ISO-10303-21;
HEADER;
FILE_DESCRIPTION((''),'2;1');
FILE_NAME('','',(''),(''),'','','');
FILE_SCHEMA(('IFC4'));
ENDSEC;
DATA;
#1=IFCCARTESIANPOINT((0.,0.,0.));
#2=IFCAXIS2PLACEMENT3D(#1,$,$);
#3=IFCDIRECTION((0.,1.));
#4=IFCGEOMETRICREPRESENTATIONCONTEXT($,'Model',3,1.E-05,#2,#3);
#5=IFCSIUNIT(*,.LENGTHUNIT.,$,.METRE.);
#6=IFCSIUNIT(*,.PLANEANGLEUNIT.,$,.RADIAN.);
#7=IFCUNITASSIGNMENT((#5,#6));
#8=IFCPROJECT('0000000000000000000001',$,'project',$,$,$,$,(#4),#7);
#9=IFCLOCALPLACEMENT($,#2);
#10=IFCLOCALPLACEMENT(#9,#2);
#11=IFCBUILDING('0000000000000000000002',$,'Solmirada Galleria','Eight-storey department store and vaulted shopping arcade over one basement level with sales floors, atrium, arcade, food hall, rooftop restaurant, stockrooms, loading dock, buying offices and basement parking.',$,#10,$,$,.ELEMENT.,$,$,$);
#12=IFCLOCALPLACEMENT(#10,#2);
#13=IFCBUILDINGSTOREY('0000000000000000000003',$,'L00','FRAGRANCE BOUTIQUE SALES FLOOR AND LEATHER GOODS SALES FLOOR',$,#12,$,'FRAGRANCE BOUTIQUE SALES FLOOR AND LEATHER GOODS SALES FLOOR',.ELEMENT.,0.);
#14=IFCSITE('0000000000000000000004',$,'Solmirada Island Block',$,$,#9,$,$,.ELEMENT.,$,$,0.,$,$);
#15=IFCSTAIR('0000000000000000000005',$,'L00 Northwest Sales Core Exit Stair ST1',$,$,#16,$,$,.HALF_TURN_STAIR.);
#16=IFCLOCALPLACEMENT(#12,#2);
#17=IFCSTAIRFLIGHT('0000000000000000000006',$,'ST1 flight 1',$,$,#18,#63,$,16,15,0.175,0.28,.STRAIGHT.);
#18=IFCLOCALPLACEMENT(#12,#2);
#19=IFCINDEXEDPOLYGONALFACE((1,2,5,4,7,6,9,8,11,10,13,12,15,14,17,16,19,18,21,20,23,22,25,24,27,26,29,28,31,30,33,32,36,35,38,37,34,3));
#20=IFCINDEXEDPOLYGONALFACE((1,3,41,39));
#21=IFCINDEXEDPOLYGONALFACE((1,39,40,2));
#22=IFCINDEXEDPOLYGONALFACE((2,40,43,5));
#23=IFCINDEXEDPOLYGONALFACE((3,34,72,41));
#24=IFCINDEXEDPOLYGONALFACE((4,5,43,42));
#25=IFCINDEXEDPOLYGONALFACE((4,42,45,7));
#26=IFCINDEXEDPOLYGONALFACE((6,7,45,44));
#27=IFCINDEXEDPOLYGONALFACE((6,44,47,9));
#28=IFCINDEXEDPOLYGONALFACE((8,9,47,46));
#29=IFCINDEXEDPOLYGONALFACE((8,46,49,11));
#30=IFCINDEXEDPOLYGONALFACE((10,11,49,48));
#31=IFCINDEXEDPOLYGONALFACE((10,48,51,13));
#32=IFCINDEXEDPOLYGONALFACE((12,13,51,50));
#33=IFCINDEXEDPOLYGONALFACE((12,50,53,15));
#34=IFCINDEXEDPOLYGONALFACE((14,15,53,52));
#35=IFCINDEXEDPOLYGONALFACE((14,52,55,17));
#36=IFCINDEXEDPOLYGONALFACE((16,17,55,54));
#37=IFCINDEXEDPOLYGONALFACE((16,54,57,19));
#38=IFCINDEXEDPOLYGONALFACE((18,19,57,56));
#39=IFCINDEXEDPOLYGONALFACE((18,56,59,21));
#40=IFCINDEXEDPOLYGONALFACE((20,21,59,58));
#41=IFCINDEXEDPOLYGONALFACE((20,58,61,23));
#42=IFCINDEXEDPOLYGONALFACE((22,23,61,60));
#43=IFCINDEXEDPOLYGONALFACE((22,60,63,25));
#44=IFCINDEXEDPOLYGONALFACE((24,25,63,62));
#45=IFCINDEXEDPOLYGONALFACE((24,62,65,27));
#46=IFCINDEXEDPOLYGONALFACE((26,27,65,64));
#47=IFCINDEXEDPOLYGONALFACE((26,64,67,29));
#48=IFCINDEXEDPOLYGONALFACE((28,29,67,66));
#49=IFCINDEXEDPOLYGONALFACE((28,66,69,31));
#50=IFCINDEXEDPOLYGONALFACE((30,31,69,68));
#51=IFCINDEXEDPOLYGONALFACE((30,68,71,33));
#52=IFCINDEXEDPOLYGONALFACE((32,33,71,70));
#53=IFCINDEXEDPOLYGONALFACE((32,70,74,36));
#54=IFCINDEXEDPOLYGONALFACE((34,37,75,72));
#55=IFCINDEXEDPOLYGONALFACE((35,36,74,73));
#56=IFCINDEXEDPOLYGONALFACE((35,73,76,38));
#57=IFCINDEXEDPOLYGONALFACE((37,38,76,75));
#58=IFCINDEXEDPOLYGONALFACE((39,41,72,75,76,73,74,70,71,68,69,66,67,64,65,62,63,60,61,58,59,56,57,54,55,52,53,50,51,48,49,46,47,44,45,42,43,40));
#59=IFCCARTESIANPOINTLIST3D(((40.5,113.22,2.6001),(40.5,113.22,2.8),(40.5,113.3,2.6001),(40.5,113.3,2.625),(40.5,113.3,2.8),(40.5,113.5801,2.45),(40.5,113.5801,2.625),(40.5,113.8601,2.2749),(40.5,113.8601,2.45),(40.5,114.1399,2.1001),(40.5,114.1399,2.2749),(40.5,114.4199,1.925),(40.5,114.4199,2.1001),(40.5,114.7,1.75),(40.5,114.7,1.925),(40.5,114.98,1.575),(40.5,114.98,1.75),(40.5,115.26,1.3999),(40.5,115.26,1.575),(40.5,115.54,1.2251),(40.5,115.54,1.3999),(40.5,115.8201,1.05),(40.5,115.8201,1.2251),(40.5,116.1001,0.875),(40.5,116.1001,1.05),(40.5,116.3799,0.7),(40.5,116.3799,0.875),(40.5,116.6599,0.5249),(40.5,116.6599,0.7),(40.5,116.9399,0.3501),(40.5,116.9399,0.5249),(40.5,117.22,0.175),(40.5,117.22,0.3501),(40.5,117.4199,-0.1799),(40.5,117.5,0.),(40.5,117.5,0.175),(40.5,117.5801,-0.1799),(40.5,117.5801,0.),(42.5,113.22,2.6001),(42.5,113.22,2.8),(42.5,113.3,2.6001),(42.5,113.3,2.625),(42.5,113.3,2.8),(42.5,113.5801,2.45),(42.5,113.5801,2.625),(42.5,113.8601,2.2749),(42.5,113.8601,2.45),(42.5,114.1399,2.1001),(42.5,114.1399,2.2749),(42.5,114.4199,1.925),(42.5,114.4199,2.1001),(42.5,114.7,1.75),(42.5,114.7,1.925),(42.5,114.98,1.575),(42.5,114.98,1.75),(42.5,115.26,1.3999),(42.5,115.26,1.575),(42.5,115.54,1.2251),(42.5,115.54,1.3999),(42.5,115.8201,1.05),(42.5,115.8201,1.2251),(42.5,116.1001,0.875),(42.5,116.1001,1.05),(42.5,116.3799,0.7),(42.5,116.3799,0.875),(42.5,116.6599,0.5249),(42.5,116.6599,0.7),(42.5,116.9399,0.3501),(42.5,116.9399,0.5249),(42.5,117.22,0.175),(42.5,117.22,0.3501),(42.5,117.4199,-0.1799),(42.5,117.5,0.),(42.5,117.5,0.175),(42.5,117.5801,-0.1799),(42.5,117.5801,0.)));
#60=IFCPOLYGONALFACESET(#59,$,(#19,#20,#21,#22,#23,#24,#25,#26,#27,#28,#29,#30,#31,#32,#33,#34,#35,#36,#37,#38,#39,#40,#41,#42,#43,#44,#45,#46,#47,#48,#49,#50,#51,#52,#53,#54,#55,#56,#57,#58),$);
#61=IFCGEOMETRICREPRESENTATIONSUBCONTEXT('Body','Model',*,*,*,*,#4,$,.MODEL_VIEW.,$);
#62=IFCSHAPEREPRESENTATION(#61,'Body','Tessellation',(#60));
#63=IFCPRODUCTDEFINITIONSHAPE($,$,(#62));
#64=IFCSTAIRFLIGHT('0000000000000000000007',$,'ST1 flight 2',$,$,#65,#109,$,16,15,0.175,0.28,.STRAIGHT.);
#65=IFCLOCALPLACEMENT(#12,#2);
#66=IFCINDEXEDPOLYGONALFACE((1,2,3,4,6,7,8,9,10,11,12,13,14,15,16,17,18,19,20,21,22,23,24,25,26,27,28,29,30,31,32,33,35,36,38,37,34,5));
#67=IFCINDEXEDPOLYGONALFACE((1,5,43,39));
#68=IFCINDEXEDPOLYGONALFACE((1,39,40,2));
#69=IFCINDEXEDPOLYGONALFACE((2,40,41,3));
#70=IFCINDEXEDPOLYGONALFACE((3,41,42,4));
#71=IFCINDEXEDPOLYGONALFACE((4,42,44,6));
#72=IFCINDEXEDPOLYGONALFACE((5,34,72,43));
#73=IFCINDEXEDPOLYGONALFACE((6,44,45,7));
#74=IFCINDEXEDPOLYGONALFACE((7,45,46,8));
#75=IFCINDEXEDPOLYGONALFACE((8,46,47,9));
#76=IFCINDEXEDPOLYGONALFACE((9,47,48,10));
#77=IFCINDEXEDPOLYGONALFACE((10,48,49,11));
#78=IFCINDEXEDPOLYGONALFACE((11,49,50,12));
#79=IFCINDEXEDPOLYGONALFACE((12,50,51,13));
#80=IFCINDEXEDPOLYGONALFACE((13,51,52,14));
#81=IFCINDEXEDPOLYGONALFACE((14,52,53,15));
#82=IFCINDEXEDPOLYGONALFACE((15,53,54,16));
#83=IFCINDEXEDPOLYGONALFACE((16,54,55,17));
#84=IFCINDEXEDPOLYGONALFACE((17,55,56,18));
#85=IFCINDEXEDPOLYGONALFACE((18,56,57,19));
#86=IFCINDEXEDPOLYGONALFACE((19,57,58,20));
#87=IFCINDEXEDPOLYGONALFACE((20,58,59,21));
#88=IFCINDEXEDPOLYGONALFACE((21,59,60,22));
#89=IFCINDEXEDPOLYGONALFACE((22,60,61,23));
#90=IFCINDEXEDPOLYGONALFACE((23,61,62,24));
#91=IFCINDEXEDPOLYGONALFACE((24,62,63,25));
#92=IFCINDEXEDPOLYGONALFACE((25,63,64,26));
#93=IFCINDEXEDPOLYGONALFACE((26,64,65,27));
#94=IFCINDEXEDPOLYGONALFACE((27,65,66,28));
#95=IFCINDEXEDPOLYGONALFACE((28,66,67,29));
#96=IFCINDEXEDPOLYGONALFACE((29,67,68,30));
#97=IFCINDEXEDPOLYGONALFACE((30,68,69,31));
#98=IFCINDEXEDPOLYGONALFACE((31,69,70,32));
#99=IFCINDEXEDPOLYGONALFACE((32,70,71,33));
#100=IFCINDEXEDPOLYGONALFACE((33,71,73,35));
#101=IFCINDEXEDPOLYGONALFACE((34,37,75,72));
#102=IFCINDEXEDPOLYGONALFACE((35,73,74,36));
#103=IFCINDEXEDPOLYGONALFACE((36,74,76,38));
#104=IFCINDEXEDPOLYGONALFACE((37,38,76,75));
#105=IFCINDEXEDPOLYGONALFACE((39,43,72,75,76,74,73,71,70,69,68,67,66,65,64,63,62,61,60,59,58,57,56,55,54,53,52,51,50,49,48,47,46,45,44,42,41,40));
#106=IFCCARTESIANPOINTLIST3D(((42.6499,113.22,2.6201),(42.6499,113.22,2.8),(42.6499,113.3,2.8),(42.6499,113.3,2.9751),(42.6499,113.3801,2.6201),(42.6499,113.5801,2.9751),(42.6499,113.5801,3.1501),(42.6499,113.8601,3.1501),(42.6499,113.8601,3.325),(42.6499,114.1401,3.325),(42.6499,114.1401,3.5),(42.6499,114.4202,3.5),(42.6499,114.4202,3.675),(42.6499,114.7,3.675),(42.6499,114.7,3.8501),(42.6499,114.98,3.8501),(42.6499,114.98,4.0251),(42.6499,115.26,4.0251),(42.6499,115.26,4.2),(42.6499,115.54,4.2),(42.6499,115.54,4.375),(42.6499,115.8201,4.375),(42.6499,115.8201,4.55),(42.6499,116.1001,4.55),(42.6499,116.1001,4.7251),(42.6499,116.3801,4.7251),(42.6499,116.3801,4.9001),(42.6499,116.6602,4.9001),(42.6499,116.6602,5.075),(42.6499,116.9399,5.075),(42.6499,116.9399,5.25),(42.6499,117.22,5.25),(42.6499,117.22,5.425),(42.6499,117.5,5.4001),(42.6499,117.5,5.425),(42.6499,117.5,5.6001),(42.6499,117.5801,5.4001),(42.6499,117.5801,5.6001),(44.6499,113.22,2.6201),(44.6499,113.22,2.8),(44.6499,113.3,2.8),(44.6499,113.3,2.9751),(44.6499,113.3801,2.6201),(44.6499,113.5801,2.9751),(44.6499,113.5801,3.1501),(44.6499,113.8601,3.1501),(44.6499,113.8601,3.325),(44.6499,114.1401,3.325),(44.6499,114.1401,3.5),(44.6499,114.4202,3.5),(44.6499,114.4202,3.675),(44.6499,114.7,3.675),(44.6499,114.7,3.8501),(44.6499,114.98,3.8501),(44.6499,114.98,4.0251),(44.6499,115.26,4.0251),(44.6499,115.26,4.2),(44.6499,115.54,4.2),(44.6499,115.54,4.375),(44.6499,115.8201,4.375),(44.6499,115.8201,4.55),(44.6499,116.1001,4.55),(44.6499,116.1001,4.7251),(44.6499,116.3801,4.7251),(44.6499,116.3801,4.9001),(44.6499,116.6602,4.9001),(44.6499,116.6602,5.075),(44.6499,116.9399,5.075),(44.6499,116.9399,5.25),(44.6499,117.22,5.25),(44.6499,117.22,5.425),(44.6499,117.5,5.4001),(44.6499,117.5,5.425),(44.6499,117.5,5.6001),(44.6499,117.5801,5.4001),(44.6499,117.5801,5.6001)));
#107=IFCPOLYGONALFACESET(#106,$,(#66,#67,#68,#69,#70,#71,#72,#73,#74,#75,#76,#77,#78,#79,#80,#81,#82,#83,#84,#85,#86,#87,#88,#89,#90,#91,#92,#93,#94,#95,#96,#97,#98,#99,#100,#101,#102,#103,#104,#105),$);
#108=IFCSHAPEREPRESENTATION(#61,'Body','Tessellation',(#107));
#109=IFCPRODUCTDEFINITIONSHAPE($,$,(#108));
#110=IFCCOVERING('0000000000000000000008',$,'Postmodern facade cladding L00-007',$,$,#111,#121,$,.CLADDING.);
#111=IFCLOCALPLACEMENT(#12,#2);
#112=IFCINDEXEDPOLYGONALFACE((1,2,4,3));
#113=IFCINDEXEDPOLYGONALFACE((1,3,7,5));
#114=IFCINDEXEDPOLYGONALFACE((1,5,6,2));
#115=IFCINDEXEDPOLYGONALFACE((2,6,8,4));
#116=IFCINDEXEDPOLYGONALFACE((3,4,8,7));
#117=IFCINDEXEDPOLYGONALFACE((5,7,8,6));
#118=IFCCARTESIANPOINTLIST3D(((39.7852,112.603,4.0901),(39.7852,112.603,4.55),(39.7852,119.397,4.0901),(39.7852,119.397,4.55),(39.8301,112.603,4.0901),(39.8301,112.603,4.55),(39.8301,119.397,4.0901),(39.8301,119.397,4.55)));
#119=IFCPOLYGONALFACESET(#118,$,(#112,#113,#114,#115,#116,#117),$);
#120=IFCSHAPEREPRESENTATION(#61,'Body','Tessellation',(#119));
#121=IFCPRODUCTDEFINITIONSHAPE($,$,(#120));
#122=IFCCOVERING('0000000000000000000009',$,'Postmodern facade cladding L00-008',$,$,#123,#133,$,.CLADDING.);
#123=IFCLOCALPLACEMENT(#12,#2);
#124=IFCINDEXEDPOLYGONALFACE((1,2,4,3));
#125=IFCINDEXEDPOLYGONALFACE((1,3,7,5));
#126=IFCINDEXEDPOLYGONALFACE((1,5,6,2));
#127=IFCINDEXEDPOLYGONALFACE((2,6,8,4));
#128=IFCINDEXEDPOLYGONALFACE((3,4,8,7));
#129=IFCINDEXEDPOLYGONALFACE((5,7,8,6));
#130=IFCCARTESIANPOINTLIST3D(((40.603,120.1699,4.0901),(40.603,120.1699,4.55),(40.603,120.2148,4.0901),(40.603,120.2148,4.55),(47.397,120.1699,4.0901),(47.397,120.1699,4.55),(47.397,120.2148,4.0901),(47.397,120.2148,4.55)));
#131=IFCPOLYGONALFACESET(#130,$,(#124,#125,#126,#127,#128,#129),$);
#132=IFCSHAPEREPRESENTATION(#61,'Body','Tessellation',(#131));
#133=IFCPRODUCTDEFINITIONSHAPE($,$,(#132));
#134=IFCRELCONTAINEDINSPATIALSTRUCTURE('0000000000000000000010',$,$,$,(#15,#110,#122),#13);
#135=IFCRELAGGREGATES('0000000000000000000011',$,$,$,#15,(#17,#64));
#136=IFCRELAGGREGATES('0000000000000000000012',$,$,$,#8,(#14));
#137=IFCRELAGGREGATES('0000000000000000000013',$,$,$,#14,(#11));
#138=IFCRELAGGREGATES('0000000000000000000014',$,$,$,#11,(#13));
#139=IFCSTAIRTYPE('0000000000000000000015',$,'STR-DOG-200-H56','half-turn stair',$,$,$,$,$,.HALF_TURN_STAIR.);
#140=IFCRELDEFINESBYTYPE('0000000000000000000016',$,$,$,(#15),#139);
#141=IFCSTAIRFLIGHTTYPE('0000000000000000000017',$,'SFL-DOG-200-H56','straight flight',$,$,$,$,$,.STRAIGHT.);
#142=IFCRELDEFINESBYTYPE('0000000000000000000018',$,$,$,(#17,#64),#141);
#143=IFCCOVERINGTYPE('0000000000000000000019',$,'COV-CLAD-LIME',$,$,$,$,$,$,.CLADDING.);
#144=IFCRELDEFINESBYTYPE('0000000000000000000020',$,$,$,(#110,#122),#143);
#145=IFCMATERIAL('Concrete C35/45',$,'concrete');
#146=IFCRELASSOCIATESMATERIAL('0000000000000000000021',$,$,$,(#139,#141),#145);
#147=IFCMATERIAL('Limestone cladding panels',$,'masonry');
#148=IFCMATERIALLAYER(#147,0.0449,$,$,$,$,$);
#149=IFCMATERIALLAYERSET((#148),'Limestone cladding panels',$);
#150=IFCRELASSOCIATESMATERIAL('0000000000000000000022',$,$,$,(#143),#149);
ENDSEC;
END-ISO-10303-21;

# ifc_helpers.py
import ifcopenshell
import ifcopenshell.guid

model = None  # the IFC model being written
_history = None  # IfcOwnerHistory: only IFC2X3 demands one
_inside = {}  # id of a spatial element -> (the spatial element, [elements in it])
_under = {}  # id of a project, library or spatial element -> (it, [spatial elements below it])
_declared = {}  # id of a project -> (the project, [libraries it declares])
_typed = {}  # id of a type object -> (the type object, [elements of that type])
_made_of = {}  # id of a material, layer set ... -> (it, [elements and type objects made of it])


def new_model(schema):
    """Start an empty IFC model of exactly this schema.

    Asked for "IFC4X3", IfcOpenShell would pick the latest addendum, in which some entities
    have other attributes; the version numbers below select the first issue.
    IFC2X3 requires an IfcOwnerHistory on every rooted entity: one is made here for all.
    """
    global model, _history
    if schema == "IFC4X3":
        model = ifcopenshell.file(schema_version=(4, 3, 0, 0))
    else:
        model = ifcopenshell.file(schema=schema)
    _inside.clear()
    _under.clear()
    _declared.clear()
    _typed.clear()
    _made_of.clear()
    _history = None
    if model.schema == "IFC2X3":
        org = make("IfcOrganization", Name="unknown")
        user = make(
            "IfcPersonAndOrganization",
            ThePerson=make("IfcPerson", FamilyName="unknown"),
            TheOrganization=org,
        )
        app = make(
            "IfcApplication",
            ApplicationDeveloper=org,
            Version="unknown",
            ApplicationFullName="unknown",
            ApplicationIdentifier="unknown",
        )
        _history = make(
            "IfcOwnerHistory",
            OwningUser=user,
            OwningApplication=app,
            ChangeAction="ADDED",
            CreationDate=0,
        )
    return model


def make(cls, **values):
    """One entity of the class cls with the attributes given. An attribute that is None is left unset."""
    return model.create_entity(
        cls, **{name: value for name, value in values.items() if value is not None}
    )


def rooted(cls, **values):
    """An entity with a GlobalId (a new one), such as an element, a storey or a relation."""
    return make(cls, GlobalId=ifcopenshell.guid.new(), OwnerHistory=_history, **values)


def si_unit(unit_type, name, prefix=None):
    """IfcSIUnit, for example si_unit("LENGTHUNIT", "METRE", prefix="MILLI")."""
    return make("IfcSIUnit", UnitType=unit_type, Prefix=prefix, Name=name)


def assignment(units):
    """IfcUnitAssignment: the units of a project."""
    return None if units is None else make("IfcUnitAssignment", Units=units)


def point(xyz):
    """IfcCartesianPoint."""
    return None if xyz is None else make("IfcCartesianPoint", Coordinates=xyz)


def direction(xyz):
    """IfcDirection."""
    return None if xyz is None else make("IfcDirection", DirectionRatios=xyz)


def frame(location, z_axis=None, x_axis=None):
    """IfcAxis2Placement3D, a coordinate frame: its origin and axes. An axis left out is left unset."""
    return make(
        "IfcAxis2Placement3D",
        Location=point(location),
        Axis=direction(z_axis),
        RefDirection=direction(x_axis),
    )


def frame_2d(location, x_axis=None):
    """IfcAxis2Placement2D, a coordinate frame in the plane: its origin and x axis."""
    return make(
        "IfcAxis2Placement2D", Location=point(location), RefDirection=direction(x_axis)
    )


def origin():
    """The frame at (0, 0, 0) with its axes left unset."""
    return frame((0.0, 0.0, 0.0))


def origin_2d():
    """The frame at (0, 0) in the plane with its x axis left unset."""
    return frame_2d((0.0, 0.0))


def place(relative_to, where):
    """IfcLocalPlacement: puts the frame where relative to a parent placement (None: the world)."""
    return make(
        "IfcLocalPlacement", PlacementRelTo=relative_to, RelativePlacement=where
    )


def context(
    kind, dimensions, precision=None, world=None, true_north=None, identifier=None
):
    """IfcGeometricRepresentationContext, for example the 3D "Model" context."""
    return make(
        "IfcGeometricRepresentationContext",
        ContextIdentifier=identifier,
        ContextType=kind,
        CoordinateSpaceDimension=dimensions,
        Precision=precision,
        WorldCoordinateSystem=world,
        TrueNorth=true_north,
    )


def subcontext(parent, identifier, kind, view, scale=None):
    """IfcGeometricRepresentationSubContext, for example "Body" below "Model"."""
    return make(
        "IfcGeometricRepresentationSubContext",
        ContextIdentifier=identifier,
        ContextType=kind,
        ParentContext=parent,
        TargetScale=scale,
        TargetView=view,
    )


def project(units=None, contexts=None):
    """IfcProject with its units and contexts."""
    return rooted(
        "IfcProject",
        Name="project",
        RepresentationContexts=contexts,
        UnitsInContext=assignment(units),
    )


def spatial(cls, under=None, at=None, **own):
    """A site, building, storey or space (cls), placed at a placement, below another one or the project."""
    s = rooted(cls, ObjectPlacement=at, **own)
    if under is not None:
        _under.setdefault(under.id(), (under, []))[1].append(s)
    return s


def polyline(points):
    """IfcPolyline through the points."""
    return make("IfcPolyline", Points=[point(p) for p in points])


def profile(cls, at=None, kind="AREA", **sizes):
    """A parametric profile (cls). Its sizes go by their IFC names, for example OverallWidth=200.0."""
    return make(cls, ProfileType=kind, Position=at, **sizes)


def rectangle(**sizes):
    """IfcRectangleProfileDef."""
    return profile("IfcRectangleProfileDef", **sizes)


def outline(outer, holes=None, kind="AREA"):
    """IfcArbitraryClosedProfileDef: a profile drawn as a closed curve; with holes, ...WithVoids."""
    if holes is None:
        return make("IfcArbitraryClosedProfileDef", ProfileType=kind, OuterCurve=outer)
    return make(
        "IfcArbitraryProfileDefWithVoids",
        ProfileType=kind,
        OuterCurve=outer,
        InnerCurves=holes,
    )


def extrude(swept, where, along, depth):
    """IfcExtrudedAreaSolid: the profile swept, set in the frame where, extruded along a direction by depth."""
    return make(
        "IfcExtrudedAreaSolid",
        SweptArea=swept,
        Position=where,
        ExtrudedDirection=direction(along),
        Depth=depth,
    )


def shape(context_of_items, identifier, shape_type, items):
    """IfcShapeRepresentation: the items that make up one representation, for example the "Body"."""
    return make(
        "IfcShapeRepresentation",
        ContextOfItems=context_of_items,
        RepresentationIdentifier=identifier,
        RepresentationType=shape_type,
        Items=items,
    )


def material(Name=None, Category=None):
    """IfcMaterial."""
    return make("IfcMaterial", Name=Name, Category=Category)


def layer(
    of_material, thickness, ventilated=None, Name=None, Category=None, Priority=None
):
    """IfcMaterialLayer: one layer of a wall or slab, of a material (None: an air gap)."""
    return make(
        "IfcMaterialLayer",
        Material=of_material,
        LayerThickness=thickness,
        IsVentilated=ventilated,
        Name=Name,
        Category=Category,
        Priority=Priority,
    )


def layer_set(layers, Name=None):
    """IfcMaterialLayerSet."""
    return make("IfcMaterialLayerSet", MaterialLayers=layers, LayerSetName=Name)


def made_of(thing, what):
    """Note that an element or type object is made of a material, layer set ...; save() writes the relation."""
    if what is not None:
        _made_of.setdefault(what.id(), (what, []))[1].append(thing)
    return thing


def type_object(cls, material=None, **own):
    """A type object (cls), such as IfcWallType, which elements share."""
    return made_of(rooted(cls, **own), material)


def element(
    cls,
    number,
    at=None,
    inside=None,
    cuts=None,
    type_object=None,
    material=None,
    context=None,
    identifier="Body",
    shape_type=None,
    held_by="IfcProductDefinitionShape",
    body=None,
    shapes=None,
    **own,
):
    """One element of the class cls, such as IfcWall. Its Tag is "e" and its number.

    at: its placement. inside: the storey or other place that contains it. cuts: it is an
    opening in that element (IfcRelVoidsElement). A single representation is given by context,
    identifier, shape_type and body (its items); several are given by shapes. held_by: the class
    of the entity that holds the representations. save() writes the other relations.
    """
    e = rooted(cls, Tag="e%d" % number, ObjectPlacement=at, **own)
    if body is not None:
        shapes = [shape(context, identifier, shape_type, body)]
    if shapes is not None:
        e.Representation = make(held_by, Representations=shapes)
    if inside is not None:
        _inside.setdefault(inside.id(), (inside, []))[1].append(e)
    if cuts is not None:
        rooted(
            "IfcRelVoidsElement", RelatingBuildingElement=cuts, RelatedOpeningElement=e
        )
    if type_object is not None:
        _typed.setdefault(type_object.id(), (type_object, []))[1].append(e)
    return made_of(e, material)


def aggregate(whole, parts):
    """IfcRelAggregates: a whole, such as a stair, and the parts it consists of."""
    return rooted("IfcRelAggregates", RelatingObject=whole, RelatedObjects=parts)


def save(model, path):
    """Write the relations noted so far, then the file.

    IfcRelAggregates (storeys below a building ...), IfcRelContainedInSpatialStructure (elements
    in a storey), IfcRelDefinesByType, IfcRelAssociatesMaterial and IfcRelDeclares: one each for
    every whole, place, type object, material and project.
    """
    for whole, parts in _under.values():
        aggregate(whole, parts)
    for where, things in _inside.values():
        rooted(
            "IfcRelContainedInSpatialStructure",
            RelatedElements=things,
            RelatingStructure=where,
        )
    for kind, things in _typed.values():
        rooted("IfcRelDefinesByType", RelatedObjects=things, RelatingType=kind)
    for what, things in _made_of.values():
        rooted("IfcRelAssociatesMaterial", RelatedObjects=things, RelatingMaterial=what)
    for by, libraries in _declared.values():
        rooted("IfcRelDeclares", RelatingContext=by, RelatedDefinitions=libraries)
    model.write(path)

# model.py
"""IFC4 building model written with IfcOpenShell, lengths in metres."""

from ifc_helpers import new_model, si_unit, direction, frame, origin, origin_2d, place, context, subcontext, project, spatial, polyline, rectangle, outline, extrude, material, layer, layer_set, type_object, element, aggregate, save


model = new_model("IFC4")

# Units and contexts
model_context = context("Model", 3, precision=1e-05, world=origin(), true_north=direction((0.0, 1.0)))
body_context = subcontext(model_context, "Body", "Model", "MODEL_VIEW")
ifc_project = project(units=[si_unit("LENGTHUNIT", "METRE"), si_unit("PLANEANGLEUNIT", "RADIAN")], contexts=[model_context])

# Site, building, storey
site_placement = place(None, origin())
site = spatial("IfcSite", under=ifc_project, at=site_placement, Name="Solmirada Island Block", CompositionType="ELEMENT", RefElevation=0.0)
building_placement = place(site_placement, origin())
building = spatial("IfcBuilding", under=site, at=building_placement, Name="Solmirada Galleria", Description="Eight-storey department store and vaulted shopping arcade over one basement level with sales floors, atrium, arcade, food hall, rooftop restaurant, stockrooms, loading dock, buying offices and basement parking.", CompositionType="ELEMENT")
storey_placement = place(building_placement, origin())
storey = spatial("IfcBuildingStorey", under=building, at=storey_placement, Name="L00", Description="FRAGRANCE BOUTIQUE SALES FLOOR AND LEATHER GOODS SALES FLOOR", LongName="FRAGRANCE BOUTIQUE SALES FLOOR AND LEATHER GOODS SALES FLOOR", CompositionType="ELEMENT", Elevation=0.0)

# Stair, stair flights
ifc_material_1 = material(Name="Concrete C35/45", Category="concrete")
stair_type = type_object("IfcStairType", Name="STR-DOG-200-H56", Description="half-turn stair", PredefinedType="HALF_TURN_STAIR", material=ifc_material_1)
stair_placement = place(storey_placement, origin())
stair = element("IfcStair", 1, at=stair_placement, inside=storey, type_object=stair_type, Name="L00 Northwest Sales Core Exit Stair ST1", PredefinedType="HALF_TURN_STAIR")
stair_flight_type = type_object("IfcStairFlightType", Name="SFL-DOG-200-H56", Description="straight flight", PredefinedType="STRAIGHT", material=ifc_material_1)
stair_flight_1_placement = place(storey_placement, frame((41.5, 117.5, 0.0), z_axis=(0.0, 0.0, 1.0), x_axis=(0.0, -1.0, 0.0)))
stair_flight_1 = element("IfcStairFlight", 2, at=stair_flight_1_placement, type_object=stair_flight_type, Name="ST1 flight 1", NumberOfRisers=16, NumberOfTreads=15, PredefinedType="STRAIGHT", RiserHeight=0.175, TreadLength=0.28, context=body_context, shape_type="SweptSolid", body=[
    extrude(outline(polyline([(-0.0801, 0.0), (0.0, 0.0), (0.0, 0.175), (0.28, 0.175), (0.28, 0.3501), (0.5601, 0.3501), (0.5601, 0.5249), (0.8401, 0.5249), (0.8401, 0.7), (1.1201, 0.7), (1.1201, 0.875), (1.3999, 0.875), (1.3999, 1.05), (1.6799, 1.05), (1.6799, 1.2251), (1.96, 1.2251), (1.96, 1.3999), (2.24, 1.3999), (2.24, 1.575), (2.52, 1.575), (2.52, 1.75), (2.8, 1.75), (2.8, 1.925), (3.0801, 1.925), (3.0801, 2.1001), (3.3601, 2.1001), (3.3601, 2.2749), (3.6399, 2.2749), (3.6399, 2.45), (3.9199, 2.45), (3.9199, 2.625), (4.2, 2.625), (4.2, 2.8), (4.28, 2.8), (4.28, 2.6001), (4.2, 2.6001), (0.0801, -0.1799), (-0.0801, -0.1799), (-0.0801, 0.0)])), frame((0.0, 1.0, 0.0), z_axis=(0.0, -1.0, 0.0), x_axis=(1.0, 0.0, 0.0)), (0.0, 0.0, 1.0), 2.0),
])
stair_flight_2_placement = place(storey_placement, frame((43.6499, 113.3, 2.8), z_axis=(0.0, 0.0, 1.0), x_axis=(0.0, 1.0, 0.0)))
stair_flight_2 = element("IfcStairFlight", 3, at=stair_flight_2_placement, type_object=stair_flight_type, Name="ST1 flight 2", NumberOfRisers=16, NumberOfTreads=15, PredefinedType="STRAIGHT", RiserHeight=0.175, TreadLength=0.28, context=body_context, shape_type="SweptSolid", body=[
    extrude(outline(polyline([(-0.0801, 0.0), (0.0, 0.0), (0.0, 0.175), (0.28, 0.175), (0.28, 0.3501), (0.5601, 0.3501), (0.5601, 0.5249), (0.8401, 0.5249), (0.8401, 0.7), (1.1201, 0.7), (1.1201, 0.875), (1.3999, 0.875), (1.3999, 1.05), (1.6799, 1.05), (1.6799, 1.2251), (1.96, 1.2251), (1.96, 1.3999), (2.24, 1.3999), (2.24, 1.575), (2.52, 1.575), (2.52, 1.75), (2.8, 1.75), (2.8, 1.925), (3.0801, 1.925), (3.0801, 2.1001), (3.3601, 2.1001), (3.3601, 2.2749), (3.6399, 2.2749), (3.6399, 2.45), (3.9199, 2.45), (3.9199, 2.625), (4.2, 2.625), (4.2, 2.8), (4.28, 2.8), (4.28, 2.6001), (4.2, 2.6001), (0.0801, -0.1799), (-0.0801, -0.1799), (-0.0801, 0.0)])), frame((0.0, 1.0, 0.0), z_axis=(0.0, -1.0, 0.0), x_axis=(1.0, 0.0, 0.0)), (0.0, 0.0, 1.0), 2.0),
])
aggregate(stair, [stair_flight_1, stair_flight_2])

# Coverings
ifc_material_2 = material(Name="Limestone cladding panels", Category="masonry")
ifc_layer_1 = layer(ifc_material_2, 0.0449)
ifc_layer_set_1 = layer_set([ifc_layer_1], Name="Limestone cladding panels")
covering_type = type_object("IfcCoveringType", Name="COV-CLAD-LIME", PredefinedType="CLADDING", material=ifc_layer_set_1)
for number, where, z_axis, x_axis, name in (
    (4, (39.8076, 116.0, 4.0901), (0.0, 0.0, 1.0), (0.0, 1.0, 0.0), "Postmodern facade cladding L00-007"),
    (5, (44.0, 120.1924, 4.0901), (0.0, 0.0, 1.0), (1.0, 0.0, 0.0), "Postmodern facade cladding L00-008"),
):
    element("IfcCovering", number, at=place(storey_placement, frame(where, z_axis=z_axis, x_axis=x_axis)), inside=storey, type_object=covering_type, Name=name, PredefinedType="CLADDING", context=body_context, shape_type="SweptSolid", body=[
        extrude(rectangle(XDim=6.7939, YDim=0.0449, at=origin_2d()), origin(), (0.0, 0.0, 1.0), 0.46),
    ])

save(model, "model.ifc")
